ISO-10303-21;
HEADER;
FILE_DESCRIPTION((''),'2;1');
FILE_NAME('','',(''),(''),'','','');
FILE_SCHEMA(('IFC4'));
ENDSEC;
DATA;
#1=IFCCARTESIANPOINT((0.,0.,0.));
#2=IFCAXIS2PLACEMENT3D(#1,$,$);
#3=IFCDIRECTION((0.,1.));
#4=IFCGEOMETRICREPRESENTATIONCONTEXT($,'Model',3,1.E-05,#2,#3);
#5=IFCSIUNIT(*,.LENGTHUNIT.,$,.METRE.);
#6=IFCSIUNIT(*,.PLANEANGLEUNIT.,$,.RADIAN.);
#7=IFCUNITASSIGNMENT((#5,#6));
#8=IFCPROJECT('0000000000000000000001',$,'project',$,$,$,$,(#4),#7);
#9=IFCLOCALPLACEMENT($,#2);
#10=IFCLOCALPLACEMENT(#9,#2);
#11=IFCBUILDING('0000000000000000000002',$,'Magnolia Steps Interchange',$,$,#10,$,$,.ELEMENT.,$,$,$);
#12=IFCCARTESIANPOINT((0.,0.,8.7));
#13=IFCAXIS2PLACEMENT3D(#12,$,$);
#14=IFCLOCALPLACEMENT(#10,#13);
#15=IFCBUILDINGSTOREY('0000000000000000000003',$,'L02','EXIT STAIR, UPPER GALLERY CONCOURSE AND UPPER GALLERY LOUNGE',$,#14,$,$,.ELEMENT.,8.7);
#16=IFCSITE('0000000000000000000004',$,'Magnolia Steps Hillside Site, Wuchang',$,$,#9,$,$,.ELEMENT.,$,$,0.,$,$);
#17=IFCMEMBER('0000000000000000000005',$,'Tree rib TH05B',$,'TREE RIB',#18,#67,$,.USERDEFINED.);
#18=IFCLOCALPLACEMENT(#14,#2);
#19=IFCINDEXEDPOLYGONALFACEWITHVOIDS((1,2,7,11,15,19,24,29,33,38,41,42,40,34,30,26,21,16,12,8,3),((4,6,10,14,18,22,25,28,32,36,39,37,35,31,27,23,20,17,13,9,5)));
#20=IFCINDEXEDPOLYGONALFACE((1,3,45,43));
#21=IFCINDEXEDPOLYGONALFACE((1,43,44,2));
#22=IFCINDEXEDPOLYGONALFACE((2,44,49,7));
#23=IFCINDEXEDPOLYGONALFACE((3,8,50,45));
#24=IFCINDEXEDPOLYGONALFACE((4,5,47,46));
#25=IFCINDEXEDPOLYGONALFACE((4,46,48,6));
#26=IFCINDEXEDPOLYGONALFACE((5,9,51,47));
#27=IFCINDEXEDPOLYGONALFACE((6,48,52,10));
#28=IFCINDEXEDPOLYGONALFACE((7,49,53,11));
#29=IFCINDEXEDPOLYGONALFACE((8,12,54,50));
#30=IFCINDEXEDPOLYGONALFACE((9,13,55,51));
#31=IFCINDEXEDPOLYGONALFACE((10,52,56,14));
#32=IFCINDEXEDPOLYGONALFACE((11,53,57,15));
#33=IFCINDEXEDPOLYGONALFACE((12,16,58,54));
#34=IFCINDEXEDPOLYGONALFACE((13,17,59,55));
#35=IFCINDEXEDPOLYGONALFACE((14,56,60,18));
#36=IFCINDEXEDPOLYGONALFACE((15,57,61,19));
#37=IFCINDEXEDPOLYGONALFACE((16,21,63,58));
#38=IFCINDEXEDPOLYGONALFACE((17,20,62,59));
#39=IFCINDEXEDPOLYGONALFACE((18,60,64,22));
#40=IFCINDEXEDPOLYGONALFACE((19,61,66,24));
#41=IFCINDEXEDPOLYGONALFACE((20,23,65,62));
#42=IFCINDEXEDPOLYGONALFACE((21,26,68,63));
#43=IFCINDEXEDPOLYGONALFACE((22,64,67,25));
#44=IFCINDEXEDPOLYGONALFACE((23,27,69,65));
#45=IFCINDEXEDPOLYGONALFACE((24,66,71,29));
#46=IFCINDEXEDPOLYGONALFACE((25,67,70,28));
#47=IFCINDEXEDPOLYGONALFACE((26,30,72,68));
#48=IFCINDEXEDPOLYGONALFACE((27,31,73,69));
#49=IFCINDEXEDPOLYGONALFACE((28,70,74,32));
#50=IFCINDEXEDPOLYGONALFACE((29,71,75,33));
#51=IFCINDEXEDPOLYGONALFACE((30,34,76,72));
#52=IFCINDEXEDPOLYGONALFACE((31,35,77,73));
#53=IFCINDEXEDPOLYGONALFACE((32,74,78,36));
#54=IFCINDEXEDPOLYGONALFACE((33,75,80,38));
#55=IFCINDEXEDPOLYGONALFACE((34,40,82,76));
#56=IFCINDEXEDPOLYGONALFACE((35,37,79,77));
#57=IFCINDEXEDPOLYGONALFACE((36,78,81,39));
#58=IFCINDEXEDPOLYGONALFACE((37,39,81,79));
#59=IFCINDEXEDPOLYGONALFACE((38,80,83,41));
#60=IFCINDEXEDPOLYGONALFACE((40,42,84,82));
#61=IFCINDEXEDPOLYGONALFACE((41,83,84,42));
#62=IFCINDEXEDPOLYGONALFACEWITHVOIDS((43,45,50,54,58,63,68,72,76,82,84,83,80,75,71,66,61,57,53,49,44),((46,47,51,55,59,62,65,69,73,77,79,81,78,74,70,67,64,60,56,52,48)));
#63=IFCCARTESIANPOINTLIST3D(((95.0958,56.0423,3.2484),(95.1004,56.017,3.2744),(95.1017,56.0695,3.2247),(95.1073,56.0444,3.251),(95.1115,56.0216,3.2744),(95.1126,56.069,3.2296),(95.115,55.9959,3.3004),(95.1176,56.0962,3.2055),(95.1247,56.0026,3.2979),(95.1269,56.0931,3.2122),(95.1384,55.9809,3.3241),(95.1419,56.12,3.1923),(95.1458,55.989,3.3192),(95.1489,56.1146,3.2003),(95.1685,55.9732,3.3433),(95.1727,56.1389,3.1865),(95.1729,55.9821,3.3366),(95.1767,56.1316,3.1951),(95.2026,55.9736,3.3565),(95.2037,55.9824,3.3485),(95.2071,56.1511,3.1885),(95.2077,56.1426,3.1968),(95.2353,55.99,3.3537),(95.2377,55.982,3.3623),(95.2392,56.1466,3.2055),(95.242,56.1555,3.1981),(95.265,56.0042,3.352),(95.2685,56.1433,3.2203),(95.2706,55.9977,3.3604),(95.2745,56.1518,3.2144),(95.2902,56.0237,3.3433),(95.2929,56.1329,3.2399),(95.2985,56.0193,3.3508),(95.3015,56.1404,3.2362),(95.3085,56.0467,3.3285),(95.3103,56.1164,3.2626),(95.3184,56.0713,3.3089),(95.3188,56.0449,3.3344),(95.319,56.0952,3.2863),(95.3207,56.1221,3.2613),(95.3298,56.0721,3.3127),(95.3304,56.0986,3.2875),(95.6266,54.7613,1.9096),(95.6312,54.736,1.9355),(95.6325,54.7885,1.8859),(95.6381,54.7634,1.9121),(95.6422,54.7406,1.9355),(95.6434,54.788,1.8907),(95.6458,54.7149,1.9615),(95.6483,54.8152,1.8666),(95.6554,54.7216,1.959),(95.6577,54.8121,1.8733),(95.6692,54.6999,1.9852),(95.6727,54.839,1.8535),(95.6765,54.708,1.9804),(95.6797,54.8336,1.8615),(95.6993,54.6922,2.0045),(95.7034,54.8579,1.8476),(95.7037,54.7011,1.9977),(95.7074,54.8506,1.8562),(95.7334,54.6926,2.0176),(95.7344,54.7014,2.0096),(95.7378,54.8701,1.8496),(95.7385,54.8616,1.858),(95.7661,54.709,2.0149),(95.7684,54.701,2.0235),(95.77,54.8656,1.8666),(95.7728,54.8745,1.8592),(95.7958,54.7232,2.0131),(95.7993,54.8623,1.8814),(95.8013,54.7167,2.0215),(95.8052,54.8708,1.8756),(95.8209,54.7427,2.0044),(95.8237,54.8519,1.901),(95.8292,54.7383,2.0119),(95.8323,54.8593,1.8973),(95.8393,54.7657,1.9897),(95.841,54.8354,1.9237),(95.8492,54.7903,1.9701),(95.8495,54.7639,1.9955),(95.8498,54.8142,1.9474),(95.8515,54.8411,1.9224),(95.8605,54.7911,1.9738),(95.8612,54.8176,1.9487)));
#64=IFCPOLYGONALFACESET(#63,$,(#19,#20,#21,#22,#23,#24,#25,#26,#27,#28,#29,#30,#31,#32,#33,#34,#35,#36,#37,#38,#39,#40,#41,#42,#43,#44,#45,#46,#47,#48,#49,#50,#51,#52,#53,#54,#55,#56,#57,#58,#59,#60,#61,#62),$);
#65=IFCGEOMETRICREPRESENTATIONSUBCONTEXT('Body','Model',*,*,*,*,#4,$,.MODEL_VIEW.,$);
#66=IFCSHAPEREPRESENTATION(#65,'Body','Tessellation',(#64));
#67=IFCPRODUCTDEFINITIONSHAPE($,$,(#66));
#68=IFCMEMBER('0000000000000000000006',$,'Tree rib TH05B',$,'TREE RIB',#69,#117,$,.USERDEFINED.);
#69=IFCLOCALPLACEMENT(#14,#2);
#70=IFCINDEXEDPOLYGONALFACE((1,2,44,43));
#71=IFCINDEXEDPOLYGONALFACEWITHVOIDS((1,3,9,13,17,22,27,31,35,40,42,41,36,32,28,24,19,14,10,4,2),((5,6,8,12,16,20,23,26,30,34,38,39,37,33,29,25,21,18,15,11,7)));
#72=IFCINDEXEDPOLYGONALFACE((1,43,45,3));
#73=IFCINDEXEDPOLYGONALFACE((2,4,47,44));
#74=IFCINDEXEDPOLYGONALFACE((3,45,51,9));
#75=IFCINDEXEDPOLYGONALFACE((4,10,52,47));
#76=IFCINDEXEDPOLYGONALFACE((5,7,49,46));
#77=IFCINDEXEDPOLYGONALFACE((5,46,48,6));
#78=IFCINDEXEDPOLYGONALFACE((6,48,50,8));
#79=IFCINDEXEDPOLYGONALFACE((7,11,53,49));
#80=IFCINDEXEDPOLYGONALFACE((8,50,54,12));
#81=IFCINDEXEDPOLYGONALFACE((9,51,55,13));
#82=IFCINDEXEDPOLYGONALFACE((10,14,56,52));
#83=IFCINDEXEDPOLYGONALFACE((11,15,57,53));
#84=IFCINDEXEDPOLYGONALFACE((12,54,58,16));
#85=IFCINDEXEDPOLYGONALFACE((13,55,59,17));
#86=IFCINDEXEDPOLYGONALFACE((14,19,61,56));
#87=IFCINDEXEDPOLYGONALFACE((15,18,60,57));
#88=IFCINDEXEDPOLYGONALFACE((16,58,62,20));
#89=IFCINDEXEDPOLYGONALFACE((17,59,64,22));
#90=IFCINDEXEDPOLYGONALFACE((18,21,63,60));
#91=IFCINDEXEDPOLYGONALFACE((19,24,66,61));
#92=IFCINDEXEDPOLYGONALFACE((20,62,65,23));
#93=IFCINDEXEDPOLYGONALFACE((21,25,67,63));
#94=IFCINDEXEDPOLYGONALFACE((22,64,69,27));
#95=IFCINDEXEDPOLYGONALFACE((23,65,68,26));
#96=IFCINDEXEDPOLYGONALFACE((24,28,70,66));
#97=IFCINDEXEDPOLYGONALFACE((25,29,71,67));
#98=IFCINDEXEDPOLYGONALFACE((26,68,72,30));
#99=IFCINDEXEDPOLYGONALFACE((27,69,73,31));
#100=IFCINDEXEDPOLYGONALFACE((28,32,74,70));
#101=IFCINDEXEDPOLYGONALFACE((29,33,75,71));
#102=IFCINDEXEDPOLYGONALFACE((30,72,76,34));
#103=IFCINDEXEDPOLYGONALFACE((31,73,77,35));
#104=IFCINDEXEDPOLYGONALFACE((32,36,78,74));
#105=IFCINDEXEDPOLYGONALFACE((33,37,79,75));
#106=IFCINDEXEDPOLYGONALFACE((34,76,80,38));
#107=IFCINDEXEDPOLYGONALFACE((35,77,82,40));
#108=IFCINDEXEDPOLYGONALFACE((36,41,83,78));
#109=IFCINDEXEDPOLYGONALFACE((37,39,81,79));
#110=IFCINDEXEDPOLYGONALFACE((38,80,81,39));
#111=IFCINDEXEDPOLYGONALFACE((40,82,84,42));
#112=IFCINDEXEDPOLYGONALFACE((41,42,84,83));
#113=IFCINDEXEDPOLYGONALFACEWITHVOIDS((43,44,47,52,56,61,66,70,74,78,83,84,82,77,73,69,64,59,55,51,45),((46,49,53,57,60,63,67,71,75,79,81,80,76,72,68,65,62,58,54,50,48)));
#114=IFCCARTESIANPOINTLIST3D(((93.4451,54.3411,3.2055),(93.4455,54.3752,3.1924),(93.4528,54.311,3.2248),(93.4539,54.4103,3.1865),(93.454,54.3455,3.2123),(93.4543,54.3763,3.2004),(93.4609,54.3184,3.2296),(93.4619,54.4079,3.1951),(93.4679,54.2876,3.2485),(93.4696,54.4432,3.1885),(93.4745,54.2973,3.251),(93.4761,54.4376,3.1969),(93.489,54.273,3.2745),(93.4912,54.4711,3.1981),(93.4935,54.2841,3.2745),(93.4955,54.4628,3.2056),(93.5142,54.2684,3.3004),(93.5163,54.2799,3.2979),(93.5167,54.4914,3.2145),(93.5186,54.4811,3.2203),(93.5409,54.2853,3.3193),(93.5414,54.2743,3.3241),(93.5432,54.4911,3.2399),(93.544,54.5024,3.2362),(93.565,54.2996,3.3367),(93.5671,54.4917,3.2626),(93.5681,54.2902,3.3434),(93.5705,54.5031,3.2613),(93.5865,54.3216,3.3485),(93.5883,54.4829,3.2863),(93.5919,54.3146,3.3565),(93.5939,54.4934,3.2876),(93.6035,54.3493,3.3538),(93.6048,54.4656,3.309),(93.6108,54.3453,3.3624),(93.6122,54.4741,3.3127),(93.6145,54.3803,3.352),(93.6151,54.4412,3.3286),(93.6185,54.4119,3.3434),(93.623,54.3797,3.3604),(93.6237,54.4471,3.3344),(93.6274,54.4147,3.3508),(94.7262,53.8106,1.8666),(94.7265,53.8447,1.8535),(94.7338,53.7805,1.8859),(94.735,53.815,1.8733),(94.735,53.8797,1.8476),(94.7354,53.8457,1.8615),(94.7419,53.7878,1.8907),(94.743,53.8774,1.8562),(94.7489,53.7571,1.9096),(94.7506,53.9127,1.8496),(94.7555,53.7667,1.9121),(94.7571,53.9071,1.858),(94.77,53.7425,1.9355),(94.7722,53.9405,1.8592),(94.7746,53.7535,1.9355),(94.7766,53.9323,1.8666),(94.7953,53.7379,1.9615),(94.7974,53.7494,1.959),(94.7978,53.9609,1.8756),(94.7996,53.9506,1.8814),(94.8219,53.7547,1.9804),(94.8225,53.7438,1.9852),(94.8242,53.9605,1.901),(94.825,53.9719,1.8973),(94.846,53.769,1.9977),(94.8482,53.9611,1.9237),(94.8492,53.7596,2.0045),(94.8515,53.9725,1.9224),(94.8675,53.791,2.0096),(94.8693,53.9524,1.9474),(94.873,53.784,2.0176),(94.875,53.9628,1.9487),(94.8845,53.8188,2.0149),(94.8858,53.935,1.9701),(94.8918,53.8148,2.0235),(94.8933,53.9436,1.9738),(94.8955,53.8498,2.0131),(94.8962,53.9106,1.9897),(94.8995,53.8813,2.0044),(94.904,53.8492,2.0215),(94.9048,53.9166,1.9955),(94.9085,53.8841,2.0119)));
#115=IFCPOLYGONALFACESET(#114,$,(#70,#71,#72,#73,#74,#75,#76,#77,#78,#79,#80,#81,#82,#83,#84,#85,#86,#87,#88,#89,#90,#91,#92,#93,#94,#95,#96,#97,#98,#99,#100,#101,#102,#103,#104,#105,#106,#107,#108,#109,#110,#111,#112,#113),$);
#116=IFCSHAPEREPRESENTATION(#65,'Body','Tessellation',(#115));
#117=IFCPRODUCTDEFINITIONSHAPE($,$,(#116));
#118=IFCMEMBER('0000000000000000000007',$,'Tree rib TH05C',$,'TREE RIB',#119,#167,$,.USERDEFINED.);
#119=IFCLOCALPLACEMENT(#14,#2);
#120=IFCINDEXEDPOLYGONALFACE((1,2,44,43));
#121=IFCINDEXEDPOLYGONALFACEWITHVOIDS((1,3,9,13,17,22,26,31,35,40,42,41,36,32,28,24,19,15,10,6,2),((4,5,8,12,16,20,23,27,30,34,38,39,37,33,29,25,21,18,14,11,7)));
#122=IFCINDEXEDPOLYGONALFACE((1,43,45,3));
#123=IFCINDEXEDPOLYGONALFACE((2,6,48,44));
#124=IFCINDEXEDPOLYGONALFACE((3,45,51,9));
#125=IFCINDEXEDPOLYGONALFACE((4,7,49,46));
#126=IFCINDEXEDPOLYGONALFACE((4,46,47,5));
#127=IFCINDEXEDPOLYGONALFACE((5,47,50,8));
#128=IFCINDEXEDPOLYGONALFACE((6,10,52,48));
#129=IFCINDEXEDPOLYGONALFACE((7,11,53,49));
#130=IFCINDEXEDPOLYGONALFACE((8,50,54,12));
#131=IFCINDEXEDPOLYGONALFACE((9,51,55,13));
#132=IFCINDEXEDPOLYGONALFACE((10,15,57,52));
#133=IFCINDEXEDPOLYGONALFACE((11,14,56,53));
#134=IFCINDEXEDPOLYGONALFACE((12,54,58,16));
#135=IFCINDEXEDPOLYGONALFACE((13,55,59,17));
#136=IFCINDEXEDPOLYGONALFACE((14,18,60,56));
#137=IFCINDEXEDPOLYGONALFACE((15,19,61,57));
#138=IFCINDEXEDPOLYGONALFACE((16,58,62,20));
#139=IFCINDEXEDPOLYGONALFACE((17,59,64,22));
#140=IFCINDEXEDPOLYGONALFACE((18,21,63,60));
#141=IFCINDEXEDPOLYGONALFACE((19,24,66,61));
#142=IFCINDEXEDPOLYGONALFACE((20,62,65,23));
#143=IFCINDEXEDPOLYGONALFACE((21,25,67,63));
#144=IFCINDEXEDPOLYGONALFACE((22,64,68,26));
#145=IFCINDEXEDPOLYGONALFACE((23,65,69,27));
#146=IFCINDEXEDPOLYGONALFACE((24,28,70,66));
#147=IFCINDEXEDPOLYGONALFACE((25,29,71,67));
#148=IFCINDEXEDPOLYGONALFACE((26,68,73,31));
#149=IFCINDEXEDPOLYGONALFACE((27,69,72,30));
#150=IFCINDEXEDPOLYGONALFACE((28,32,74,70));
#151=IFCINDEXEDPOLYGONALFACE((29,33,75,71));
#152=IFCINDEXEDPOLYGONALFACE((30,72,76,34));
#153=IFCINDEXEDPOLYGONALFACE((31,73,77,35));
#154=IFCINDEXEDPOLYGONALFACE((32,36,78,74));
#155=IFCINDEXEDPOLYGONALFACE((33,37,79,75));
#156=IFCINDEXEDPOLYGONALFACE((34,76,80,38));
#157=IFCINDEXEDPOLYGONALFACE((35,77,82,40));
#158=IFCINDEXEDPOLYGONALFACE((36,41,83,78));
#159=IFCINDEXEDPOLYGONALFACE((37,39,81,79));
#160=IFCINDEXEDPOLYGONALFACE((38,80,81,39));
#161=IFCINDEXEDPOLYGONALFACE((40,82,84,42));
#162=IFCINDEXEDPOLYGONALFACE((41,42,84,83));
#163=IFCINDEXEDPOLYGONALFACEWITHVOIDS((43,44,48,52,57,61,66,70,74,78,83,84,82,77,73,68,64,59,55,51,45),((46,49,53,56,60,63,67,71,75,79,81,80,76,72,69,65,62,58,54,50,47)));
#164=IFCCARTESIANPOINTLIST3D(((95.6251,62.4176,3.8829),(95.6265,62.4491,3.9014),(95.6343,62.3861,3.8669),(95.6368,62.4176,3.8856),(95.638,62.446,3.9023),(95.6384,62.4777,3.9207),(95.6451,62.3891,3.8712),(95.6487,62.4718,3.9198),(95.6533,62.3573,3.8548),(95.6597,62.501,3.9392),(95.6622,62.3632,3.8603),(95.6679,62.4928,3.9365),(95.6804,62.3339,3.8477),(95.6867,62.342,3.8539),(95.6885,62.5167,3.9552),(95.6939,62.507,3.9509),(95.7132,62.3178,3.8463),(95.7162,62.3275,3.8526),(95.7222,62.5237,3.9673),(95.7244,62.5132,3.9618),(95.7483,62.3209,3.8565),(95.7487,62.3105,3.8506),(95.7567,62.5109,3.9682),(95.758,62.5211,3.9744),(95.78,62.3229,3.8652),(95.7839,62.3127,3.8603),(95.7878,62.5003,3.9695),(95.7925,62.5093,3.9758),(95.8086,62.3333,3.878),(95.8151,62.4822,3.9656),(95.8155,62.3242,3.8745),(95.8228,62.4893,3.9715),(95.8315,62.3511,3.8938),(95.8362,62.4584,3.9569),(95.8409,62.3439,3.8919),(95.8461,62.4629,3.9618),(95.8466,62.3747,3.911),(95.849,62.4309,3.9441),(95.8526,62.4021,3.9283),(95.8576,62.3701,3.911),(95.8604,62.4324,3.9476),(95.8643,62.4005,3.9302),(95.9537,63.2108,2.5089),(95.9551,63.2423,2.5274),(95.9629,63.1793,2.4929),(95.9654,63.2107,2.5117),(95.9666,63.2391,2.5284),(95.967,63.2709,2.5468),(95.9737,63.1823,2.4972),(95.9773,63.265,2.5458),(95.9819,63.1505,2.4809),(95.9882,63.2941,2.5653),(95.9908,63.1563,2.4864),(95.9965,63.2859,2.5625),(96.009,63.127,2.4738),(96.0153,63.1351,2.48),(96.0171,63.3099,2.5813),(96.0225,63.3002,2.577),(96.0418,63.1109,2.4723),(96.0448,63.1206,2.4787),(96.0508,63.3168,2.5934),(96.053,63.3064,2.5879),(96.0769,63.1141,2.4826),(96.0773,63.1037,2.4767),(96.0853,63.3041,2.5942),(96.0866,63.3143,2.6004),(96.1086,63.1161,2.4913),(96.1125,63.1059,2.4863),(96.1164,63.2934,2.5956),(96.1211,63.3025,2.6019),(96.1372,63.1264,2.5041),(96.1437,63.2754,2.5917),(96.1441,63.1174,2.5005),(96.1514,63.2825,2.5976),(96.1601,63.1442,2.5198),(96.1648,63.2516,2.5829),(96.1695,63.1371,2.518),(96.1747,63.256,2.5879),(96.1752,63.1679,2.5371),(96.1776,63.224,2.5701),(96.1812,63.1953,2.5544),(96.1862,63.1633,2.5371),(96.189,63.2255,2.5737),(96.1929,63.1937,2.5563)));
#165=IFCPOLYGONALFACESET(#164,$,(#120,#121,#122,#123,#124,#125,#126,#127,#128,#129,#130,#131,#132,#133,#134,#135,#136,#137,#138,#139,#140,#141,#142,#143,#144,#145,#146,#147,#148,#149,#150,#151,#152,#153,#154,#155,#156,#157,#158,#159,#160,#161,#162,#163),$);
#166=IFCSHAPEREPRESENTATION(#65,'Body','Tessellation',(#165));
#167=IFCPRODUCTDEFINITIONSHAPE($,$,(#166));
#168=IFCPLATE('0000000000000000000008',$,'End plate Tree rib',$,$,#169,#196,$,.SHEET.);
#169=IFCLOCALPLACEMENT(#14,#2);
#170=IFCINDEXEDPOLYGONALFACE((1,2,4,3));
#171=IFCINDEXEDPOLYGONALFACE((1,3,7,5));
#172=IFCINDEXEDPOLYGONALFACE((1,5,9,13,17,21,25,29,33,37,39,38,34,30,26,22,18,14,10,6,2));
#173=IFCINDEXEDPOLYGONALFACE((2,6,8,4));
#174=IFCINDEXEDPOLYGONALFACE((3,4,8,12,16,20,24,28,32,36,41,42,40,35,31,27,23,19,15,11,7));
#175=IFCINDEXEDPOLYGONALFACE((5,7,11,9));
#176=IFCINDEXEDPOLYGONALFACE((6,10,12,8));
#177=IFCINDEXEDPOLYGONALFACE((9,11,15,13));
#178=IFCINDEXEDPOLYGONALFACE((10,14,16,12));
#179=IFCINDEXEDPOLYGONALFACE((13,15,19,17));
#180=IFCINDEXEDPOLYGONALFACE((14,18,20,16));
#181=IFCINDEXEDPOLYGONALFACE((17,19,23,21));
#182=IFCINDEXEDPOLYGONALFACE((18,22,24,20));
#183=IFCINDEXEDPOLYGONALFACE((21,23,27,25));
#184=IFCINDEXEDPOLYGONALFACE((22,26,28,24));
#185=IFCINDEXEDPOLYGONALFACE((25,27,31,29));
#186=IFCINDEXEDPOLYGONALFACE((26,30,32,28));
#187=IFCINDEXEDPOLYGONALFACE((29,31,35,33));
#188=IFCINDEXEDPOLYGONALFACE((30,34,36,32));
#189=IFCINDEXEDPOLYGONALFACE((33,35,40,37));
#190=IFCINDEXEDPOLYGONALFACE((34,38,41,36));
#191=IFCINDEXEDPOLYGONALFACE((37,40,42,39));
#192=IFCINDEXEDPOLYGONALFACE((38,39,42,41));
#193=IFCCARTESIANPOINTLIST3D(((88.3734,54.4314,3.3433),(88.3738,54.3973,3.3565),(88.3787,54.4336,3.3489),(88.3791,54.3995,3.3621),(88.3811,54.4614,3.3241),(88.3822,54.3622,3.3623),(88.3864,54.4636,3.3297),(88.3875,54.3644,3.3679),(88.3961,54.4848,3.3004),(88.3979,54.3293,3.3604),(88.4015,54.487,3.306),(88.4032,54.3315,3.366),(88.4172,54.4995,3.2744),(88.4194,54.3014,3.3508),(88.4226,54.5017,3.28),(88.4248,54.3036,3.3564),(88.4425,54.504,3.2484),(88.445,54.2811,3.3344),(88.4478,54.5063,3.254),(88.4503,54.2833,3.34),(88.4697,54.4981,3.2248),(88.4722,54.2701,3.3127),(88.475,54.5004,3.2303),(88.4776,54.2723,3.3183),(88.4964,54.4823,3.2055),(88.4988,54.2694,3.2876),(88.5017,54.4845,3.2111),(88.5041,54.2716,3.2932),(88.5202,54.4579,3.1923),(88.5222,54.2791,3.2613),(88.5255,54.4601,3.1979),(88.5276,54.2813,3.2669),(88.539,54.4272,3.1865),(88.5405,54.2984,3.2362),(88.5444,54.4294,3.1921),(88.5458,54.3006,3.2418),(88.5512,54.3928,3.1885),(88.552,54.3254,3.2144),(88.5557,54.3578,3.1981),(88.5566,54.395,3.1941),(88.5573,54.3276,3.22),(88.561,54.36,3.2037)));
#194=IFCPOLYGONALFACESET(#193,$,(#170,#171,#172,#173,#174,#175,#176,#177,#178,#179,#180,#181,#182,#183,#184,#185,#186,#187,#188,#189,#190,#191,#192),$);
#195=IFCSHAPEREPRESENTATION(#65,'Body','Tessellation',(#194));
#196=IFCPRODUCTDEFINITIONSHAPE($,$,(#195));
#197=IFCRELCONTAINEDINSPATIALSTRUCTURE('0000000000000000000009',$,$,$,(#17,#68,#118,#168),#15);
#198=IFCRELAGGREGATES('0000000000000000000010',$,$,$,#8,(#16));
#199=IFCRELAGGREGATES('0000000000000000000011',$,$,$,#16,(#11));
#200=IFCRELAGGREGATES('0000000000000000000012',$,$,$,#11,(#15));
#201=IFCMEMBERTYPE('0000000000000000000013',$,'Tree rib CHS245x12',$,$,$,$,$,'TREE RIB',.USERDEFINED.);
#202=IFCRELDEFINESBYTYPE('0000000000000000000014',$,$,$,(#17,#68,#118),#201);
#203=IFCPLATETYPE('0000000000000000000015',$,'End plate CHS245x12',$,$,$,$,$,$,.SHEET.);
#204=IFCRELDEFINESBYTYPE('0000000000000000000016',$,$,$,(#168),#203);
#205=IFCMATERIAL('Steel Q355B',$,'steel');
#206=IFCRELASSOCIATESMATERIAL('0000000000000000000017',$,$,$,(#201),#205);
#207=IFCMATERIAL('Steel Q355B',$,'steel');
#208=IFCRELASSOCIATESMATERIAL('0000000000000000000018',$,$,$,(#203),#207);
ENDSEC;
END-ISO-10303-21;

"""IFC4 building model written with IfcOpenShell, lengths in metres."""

from ifc_helpers import new_model, si_unit, direction, frame, origin, origin_2d, place, context, subcontext, project, spatial, circle, hollow_circle, extrude, material, material_profile, profile_set, type_object, element, save


model = new_model("IFC4")

# Units and contexts
model_context = context("Model", 3, precision=1e-05, world=origin(), true_north=direction((0.0, 1.0)))
body_context = subcontext(model_context, "Body", "Model", "MODEL_VIEW")
ifc_project = project(units=[si_unit("LENGTHUNIT", "METRE"), si_unit("PLANEANGLEUNIT", "RADIAN")], contexts=[model_context])

# Site, building, storey
site_placement = place(None, origin())
site = spatial("IfcSite", under=ifc_project, at=site_placement, Name="Magnolia Steps Hillside Site, Wuchang", CompositionType="ELEMENT", RefElevation=0.0)
building_placement = place(site_placement, origin())
building = spatial("IfcBuilding", under=site, at=building_placement, Name="Magnolia Steps Interchange", CompositionType="ELEMENT")
storey_placement = place(building_placement, frame((0.0, 0.0, 8.7)))
storey = spatial("IfcBuildingStorey", under=building, at=storey_placement, Name="L02", Description="EXIT STAIR, UPPER GALLERY CONCOURSE AND UPPER GALLERY LOUNGE", CompositionType="ELEMENT", Elevation=8.7)

# Members
ifc_material_1 = material(Name="Steel Q355B", Category="steel")
ifc_material_profile_1 = material_profile(ifc_material_1, hollow_circle(Radius=0.1226, WallThickness=0.012, at=origin_2d()), Name="CHS245x12")
ifc_profile_set_1 = profile_set([ifc_material_profile_1], Name="Steel Q355B")
member_type = type_object("IfcMemberType", Name="Tree rib CHS245x12", ElementType="TREE RIB", PredefinedType="USERDEFINED", material=ifc_profile_set_1)
for number, where, z_axis, x_axis, name in (
    (1, (95.7444, 54.783, 1.9355), (-0.275363, 0.664595, 0.694614), (-0.923841, -0.382777, 0.0), "Tree rib TH05B"),
    (2, (94.8169, 53.8557, 1.9355), (-0.664618, 0.275246, 0.694638), (-0.382627, -0.923903, 0.0), "Tree rib TH05B"),
):
    element("IfcMember", number, at=place(storey_placement, frame(where, z_axis=z_axis, x_axis=x_axis)), inside=storey, type_object=member_type, Name=name, ObjectType="TREE RIB", PredefinedType="USERDEFINED", context=body_context, shape_type="SweptSolid", body=[
        extrude(hollow_circle(Radius=0.1226, WallThickness=0.012, at=origin_2d()), origin(), (0.0, 0.0, 1.0), 1.9275),
    ])
member_1_placement = place(storey_placement, frame((96.073, 63.2102, 2.5371), z_axis=(-0.20282, -0.489571, 0.848047), x_axis=(0.923857, -0.382737, 0.0)))
element("IfcMember", 3, at=member_1_placement, inside=storey, type_object=member_type, Name="Tree rib TH05C", ObjectType="TREE RIB", PredefinedType="USERDEFINED", context=body_context, shape_type="SweptSolid", body=[
    extrude(hollow_circle(Radius=0.1226, WallThickness=0.012, at=origin_2d()), origin(), (0.0, 0.0, 1.0), 1.6201),
])

# Plate
ifc_material_2 = material(Name="Steel Q355B", Category="steel")
ifc_material_profile_2 = material_profile(ifc_material_2, circle(Radius=0.1226, at=origin_2d()), Name="End plate CHS245x12")
ifc_profile_set_2 = profile_set([ifc_material_profile_2], Name="Steel Q355B")
plate_type = type_object("IfcPlateType", Name="End plate CHS245x12", PredefinedType="SHEET", material=ifc_profile_set_2)
for number, where, z_axis, x_axis, name in (
    (4, (88.4641, 54.3862, 3.2744), (0.664583, 0.275279, 0.694658), (-0.382683, 0.92388, 0.0), "End plate Tree rib"),
):
    element("IfcPlate", number, at=place(storey_placement, frame(where, z_axis=z_axis, x_axis=x_axis)), inside=storey, type_object=plate_type, Name=name, PredefinedType="SHEET", context=body_context, shape_type="SweptSolid", body=[
        extrude(circle(Radius=0.1226, at=origin_2d()), origin(), (0.0, 0.0, 1.0), 0.0081),
    ])

save(model, "model.ifc")
